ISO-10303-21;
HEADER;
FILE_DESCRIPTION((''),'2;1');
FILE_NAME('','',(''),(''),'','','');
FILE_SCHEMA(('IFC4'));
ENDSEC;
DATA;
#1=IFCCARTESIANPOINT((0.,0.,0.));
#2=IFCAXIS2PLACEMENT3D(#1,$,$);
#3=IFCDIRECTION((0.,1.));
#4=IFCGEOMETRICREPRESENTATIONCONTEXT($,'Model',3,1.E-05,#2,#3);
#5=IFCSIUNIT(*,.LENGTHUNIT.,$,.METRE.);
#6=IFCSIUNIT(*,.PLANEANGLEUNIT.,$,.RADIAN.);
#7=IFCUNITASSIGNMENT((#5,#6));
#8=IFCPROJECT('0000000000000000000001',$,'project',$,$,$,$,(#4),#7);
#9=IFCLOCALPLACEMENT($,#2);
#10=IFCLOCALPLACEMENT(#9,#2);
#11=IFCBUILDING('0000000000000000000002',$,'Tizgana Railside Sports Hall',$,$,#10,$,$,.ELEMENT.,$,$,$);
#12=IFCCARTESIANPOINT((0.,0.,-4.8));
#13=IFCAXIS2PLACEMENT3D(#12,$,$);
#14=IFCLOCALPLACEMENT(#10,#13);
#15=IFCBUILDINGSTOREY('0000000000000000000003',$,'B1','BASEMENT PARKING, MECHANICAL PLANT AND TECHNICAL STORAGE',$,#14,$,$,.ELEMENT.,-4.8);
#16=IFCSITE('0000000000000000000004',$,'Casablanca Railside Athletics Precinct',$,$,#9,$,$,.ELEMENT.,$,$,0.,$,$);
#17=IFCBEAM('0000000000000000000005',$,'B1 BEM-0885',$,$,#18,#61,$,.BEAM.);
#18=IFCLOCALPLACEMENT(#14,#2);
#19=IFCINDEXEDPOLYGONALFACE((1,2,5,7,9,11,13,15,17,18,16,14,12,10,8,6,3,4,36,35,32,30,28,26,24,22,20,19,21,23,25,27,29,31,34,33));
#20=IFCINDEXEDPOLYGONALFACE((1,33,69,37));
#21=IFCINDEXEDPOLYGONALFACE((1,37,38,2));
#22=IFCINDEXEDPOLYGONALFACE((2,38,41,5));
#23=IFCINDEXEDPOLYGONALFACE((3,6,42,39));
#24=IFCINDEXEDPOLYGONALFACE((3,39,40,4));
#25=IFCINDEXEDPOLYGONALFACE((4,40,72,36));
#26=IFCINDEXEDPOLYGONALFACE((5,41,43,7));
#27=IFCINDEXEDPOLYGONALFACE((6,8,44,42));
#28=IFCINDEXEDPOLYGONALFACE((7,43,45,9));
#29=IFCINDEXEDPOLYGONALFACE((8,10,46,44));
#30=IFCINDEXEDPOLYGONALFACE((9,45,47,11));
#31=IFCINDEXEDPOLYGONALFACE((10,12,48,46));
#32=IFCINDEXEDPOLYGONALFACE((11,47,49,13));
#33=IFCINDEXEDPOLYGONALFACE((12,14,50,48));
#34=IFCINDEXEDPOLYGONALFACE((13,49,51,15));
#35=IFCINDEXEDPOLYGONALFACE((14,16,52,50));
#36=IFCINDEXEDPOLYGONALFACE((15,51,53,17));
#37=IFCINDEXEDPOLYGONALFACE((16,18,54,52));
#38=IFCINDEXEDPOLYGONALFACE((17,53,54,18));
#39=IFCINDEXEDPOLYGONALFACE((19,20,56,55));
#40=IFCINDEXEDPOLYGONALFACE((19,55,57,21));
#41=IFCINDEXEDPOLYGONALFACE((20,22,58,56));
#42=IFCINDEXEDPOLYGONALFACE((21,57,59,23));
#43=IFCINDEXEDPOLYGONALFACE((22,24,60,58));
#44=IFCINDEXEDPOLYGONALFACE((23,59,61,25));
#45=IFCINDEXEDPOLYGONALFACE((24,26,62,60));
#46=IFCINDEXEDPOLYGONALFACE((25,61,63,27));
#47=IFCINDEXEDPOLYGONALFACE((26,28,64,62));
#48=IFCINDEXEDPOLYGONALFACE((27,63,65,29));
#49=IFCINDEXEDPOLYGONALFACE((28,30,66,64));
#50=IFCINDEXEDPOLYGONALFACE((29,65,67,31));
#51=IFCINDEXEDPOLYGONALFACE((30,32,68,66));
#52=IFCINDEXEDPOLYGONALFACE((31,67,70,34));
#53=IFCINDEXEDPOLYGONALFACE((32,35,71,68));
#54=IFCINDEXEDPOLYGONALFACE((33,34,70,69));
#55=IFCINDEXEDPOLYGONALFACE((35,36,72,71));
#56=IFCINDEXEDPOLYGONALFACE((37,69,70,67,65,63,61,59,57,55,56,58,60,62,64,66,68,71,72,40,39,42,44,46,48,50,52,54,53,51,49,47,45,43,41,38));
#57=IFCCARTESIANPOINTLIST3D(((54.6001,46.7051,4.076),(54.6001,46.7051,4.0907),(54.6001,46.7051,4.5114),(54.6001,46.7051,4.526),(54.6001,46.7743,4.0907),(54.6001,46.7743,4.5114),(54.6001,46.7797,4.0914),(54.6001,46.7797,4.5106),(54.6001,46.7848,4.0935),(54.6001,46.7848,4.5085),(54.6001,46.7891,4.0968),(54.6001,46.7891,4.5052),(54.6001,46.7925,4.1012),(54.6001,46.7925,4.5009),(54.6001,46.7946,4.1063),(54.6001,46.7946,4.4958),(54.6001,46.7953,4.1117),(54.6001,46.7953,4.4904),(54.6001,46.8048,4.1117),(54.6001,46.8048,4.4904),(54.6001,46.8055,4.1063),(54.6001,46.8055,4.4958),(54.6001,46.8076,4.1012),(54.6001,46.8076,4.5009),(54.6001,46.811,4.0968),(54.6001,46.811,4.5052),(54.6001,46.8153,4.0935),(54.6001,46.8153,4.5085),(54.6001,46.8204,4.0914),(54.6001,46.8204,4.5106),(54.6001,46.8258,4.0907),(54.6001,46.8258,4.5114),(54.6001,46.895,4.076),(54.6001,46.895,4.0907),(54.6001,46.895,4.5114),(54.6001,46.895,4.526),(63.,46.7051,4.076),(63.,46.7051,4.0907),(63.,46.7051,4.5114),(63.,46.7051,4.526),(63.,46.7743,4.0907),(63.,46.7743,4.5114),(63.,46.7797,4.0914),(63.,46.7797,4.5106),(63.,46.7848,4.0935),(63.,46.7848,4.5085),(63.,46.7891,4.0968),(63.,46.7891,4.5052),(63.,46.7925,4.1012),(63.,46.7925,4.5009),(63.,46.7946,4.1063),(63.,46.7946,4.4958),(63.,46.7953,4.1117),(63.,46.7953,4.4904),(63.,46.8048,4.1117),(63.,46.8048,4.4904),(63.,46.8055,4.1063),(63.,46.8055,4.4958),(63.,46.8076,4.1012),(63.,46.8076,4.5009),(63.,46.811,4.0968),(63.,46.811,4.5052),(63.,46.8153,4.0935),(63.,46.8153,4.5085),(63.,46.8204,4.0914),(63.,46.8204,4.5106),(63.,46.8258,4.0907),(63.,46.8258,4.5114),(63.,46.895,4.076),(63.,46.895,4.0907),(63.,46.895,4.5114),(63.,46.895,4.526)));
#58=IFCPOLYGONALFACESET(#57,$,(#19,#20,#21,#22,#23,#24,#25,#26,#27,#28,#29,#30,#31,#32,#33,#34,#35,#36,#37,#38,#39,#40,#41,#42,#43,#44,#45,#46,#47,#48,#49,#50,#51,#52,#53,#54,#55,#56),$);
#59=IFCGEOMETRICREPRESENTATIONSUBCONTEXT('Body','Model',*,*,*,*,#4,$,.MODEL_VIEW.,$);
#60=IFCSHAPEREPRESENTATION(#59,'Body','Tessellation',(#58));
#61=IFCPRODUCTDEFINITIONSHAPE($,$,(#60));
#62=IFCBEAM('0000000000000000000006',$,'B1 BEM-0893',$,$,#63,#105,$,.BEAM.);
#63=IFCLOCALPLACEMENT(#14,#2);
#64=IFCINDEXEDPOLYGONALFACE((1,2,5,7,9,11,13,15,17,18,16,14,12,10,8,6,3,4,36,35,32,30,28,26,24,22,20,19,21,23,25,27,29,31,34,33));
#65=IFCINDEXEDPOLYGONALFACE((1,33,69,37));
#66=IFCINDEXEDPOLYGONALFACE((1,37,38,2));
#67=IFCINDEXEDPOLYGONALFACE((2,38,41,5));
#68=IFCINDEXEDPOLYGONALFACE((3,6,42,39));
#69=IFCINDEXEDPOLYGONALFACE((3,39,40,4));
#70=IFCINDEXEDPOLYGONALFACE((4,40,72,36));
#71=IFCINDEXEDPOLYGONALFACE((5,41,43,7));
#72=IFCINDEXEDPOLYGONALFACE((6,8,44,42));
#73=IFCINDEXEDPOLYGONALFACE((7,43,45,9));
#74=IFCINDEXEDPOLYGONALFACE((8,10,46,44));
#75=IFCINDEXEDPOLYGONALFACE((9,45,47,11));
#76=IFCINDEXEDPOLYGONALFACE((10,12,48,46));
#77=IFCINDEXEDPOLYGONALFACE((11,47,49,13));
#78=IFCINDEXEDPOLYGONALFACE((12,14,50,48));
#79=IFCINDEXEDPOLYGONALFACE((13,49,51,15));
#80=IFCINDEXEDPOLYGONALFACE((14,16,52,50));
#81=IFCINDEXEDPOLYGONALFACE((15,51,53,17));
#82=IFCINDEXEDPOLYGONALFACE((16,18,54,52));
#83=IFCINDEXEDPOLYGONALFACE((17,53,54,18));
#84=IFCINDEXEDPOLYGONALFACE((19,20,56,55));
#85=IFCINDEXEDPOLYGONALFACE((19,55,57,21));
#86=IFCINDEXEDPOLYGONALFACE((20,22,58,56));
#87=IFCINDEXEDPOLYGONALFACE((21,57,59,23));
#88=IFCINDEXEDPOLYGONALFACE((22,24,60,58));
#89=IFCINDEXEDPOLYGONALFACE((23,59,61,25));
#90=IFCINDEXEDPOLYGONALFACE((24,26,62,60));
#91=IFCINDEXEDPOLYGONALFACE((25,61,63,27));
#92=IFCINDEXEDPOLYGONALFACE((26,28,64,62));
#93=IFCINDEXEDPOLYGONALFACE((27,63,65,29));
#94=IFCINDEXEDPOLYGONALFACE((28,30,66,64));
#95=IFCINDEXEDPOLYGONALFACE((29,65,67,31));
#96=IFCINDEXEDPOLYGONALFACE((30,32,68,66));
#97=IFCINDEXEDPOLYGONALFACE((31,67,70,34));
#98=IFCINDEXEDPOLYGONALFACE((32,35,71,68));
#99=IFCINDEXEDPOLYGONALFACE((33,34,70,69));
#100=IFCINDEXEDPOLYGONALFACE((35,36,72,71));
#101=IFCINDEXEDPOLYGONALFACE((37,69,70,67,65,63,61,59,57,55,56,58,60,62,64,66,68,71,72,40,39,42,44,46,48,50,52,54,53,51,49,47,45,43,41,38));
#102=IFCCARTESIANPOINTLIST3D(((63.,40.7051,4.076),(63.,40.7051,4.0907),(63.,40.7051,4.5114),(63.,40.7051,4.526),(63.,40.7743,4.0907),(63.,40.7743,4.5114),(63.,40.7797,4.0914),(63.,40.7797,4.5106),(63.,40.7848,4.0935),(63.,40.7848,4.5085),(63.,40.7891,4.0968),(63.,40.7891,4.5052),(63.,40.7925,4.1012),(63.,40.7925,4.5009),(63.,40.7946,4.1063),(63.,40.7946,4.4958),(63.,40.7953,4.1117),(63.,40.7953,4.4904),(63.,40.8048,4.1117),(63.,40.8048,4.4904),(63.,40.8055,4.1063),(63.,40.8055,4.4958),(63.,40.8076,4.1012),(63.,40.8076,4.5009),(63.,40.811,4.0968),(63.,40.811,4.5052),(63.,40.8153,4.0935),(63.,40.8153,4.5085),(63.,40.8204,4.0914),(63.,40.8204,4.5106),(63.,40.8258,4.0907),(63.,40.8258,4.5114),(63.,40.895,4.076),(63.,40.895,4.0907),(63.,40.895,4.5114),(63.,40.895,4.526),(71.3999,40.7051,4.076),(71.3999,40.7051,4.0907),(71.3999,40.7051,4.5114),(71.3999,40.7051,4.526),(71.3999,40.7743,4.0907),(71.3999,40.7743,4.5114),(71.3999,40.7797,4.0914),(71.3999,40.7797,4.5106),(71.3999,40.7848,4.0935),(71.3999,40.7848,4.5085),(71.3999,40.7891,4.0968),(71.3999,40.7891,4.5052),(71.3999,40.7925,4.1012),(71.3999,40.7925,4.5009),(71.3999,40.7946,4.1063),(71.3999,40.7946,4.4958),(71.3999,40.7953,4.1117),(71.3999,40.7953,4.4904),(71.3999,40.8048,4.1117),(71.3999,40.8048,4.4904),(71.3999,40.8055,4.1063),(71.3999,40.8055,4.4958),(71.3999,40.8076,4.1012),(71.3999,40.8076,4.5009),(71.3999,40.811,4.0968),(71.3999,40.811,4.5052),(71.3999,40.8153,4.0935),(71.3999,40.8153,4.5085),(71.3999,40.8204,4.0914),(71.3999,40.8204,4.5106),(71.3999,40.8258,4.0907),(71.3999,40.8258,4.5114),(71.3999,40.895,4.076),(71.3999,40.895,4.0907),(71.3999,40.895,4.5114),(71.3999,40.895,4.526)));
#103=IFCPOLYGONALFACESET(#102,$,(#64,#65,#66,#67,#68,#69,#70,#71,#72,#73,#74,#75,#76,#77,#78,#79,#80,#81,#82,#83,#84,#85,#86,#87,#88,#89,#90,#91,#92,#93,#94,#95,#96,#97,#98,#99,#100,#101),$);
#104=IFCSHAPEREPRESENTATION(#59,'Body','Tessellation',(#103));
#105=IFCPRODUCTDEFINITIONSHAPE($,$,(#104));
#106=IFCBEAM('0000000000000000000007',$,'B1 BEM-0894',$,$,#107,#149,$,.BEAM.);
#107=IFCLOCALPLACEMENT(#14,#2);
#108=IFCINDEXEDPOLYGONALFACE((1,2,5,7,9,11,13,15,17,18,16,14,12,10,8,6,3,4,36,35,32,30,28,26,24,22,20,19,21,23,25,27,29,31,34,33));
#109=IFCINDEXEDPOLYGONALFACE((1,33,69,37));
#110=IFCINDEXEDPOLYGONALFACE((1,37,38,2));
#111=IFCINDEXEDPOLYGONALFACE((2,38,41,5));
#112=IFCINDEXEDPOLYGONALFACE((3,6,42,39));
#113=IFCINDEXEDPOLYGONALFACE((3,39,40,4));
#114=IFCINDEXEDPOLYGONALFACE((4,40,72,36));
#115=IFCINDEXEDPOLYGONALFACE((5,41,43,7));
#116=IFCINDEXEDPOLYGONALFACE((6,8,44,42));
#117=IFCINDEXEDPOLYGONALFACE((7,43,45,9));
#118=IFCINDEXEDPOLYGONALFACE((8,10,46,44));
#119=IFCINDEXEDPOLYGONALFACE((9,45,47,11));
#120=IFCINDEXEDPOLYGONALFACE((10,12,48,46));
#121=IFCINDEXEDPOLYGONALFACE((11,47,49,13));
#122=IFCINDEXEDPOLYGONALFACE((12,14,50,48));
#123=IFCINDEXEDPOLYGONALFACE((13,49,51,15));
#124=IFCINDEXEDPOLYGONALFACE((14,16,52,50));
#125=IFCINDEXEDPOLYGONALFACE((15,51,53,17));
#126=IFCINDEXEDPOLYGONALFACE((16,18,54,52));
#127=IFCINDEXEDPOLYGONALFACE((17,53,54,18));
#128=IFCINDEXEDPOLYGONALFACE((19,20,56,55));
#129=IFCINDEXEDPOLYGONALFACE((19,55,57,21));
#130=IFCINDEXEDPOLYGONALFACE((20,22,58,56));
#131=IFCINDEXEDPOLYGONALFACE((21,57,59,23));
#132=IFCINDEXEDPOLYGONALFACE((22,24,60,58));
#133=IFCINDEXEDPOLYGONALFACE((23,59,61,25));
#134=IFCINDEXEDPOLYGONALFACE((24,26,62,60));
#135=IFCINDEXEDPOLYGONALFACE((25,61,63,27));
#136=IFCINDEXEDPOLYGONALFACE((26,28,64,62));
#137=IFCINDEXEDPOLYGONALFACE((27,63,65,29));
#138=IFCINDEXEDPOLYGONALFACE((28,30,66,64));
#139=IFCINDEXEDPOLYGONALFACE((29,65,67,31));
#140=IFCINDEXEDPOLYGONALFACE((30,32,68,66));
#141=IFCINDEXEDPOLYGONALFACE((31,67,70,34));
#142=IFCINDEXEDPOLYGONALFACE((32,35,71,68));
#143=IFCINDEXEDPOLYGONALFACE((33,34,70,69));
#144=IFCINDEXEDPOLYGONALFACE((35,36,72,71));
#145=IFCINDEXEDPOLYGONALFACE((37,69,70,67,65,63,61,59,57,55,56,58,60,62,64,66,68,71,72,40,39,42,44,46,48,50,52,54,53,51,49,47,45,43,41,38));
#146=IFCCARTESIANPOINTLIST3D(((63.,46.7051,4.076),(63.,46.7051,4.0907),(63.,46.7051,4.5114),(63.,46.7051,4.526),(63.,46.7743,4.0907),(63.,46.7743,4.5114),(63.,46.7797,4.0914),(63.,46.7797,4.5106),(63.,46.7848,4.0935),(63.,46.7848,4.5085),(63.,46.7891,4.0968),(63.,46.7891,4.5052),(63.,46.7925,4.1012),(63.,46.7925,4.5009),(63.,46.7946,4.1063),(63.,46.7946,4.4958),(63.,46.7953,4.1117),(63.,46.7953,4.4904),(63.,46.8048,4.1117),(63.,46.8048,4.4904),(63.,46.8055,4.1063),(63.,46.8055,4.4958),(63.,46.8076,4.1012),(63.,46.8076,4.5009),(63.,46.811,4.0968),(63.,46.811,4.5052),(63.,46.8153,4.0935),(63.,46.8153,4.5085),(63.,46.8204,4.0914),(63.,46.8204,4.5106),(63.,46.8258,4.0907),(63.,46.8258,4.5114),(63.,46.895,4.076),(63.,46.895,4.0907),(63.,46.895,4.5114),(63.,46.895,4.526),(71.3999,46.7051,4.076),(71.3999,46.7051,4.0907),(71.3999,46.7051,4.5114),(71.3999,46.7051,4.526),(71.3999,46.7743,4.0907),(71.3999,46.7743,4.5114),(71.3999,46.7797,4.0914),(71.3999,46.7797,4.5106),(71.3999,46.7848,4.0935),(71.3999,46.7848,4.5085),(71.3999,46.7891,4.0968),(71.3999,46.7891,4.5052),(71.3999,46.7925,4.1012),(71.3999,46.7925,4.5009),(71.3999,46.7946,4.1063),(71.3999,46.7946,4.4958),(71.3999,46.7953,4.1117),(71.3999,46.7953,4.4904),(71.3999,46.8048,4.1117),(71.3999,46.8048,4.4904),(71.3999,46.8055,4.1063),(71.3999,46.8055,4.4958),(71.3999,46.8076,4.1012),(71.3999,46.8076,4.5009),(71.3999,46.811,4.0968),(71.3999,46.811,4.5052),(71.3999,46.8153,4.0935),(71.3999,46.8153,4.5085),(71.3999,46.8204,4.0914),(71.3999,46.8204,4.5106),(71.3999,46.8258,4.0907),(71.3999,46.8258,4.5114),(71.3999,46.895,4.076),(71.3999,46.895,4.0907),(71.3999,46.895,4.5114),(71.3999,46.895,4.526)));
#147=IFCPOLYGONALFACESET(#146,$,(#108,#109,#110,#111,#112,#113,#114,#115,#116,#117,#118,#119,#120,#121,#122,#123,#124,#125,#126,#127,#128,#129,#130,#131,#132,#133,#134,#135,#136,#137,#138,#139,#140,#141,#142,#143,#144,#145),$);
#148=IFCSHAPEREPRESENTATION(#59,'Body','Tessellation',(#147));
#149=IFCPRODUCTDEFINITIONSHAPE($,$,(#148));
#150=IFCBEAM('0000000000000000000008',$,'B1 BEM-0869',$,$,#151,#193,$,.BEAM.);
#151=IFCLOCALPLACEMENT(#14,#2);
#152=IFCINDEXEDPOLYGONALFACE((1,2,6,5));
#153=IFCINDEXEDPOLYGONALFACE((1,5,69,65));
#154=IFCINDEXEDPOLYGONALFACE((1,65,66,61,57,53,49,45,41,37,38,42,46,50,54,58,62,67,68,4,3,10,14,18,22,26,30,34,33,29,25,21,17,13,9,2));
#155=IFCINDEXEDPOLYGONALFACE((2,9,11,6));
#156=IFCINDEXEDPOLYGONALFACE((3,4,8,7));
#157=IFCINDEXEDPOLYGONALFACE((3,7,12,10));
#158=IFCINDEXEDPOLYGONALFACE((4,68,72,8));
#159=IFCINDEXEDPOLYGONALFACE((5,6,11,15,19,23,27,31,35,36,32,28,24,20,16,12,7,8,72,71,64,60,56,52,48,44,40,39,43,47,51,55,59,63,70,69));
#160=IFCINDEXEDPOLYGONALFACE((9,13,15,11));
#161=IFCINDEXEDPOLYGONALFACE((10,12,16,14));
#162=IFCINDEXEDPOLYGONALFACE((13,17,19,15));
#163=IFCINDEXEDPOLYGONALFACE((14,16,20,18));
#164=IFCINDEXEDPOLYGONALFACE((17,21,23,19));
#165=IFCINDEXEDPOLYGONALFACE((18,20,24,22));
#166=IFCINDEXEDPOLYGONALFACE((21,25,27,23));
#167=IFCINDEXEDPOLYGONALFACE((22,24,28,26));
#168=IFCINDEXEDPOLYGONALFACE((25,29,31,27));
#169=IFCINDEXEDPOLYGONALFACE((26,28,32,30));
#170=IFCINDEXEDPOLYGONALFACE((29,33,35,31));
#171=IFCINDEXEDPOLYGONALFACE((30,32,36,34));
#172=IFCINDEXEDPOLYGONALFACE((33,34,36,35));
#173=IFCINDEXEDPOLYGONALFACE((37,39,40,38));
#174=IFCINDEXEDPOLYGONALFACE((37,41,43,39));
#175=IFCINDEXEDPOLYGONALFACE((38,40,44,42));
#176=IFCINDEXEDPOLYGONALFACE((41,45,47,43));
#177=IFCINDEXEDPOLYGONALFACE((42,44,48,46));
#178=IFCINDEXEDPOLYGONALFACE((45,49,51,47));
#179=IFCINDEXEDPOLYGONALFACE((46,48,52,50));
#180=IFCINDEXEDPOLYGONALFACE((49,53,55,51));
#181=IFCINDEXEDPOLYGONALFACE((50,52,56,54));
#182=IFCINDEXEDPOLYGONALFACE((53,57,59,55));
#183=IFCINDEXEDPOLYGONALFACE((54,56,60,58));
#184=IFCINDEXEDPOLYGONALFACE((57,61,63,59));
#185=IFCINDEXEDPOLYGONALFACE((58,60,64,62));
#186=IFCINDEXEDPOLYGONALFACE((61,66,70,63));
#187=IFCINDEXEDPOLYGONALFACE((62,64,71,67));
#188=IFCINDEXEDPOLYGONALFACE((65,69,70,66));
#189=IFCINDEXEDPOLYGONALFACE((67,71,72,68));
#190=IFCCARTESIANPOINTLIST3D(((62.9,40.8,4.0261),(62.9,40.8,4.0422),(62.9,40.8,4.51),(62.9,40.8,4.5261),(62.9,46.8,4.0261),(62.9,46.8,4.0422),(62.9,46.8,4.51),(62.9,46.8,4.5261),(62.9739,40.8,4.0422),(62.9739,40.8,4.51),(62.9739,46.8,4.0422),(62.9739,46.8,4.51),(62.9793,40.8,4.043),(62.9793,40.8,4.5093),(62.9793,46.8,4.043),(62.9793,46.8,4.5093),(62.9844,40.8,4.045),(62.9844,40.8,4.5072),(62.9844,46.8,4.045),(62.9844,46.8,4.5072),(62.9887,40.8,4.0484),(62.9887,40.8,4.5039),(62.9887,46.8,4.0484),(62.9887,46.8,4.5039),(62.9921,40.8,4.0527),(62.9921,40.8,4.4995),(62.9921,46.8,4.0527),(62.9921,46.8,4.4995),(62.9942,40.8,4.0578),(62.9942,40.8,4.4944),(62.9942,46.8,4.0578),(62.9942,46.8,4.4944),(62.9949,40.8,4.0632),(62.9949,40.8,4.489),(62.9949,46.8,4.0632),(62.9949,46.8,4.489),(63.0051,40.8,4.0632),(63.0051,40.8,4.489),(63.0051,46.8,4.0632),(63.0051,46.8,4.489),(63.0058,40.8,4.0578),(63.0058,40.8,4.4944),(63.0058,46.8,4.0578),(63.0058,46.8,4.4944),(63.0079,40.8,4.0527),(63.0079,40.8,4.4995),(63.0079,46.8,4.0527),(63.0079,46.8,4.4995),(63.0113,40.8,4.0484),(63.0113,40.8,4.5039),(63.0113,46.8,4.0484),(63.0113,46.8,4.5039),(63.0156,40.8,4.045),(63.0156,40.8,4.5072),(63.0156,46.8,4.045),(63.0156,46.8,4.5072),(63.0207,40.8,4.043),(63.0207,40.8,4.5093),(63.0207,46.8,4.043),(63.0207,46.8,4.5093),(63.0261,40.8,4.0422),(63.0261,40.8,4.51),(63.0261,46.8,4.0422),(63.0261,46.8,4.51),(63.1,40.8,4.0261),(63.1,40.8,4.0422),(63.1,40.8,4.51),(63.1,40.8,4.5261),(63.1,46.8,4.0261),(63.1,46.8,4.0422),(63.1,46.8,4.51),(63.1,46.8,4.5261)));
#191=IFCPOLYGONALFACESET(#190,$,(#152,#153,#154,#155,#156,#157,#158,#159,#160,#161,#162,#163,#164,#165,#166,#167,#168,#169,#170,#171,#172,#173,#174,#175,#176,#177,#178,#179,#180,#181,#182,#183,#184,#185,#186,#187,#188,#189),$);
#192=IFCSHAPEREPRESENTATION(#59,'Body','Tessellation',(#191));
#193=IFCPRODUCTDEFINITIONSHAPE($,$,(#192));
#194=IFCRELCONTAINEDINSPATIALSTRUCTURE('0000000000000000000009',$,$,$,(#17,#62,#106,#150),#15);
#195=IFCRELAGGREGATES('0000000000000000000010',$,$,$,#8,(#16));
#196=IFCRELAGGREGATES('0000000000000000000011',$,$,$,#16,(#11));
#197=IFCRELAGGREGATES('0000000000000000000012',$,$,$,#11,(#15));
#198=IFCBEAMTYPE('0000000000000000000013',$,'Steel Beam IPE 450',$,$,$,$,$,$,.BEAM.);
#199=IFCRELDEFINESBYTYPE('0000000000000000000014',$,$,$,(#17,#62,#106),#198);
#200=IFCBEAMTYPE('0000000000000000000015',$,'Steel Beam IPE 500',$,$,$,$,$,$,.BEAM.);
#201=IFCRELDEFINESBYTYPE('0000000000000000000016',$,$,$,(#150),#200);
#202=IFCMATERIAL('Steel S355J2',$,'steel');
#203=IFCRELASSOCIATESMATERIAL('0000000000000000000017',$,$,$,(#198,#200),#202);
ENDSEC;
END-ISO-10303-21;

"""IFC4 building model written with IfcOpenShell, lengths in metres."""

from ifc_helpers import new_model, si_unit, direction, frame, origin, origin_2d, place, context, subcontext, project, spatial, i_section, extrude, material, material_profile, profile_set, type_object, element, save


model = new_model("IFC4")

# Units and contexts
model_context = context("Model", 3, precision=1e-05, world=origin(), true_north=direction((0.0, 1.0)))
body_context = subcontext(model_context, "Body", "Model", "MODEL_VIEW")
ifc_project = project(units=[si_unit("LENGTHUNIT", "METRE"), si_unit("PLANEANGLEUNIT", "RADIAN")], contexts=[model_context])

# Site, building, storey
site_placement = place(None, origin())
site = spatial("IfcSite", under=ifc_project, at=site_placement, Name="Casablanca Railside Athletics Precinct", CompositionType="ELEMENT", RefElevation=0.0)
building_placement = place(site_placement, origin())
building = spatial("IfcBuilding", under=site, at=building_placement, Name="Tizgana Railside Sports Hall", CompositionType="ELEMENT")
storey_placement = place(building_placement, frame((0.0, 0.0, -4.8)))
storey = spatial("IfcBuildingStorey", under=building, at=storey_placement, Name="B1", Description="BASEMENT PARKING, MECHANICAL PLANT AND TECHNICAL STORAGE", CompositionType="ELEMENT", Elevation=-4.8)

# Beams
ifc_material_1 = material(Name="Steel S355J2", Category="steel")
ifc_material_profile_1 = material_profile(ifc_material_1, i_section(OverallWidth=0.1899, OverallDepth=0.45, WebThickness=0.0095, FlangeThickness=0.0146, FilletRadius=0.021, at=origin_2d()), Name="IPE 450")
ifc_profile_set_1 = profile_set([ifc_material_profile_1], Name="Steel S355J2")
beam_type_1 = type_object("IfcBeamType", Name="Steel Beam IPE 450", PredefinedType="BEAM", material=ifc_profile_set_1)
for number, where, z_axis, x_axis, name in (
    (1, (54.6001, 46.8, 4.301), (1.0, 0.0, 0.0), (0.0, 1.0, 0.0), "B1 BEM-0885"),
    (2, (63.0, 40.8, 4.301), (1.0, 0.0, 0.0), (0.0, 1.0, 0.0), "B1 BEM-0893"),
    (3, (63.0, 46.8, 4.301), (1.0, 0.0, 0.0), (0.0, 1.0, 0.0), "B1 BEM-0894"),
):
    element("IfcBeam", number, at=place(storey_placement, frame(where, z_axis=z_axis, x_axis=x_axis)), inside=storey, type_object=beam_type_1, Name=name, PredefinedType="BEAM", context=body_context, shape_type="SweptSolid", body=[
        extrude(i_section(OverallWidth=0.1899, OverallDepth=0.45, WebThickness=0.0095, FlangeThickness=0.0146, FilletRadius=0.021, at=origin_2d()), origin(), (0.0, 0.0, 1.0), 8.3999),
    ])
ifc_material_profile_2 = material_profile(ifc_material_1, i_section(OverallWidth=0.2, OverallDepth=0.5, WebThickness=0.0103, FlangeThickness=0.0161, FilletRadius=0.021, at=origin_2d()), Name="IPE 500")
ifc_profile_set_2 = profile_set([ifc_material_profile_2], Name="Steel S355J2")
beam_type_2 = type_object("IfcBeamType", Name="Steel Beam IPE 500", PredefinedType="BEAM", material=ifc_profile_set_2)
beam_1_placement = place(storey_placement, frame((63.0, 40.8, 4.2761), z_axis=(0.0, 1.0, 0.0), x_axis=(-1.0, 0.0, 0.0)))
element("IfcBeam", 4, at=beam_1_placement, inside=storey, type_object=beam_type_2, Name="B1 BEM-0869", PredefinedType="BEAM", context=body_context, shape_type="SweptSolid", body=[
    extrude(i_section(OverallWidth=0.2, OverallDepth=0.5, WebThickness=0.0103, FlangeThickness=0.0161, FilletRadius=0.021, at=origin_2d()), origin(), (0.0, 0.0, 1.0), 6.0),
])

save(model, "model.ifc")
